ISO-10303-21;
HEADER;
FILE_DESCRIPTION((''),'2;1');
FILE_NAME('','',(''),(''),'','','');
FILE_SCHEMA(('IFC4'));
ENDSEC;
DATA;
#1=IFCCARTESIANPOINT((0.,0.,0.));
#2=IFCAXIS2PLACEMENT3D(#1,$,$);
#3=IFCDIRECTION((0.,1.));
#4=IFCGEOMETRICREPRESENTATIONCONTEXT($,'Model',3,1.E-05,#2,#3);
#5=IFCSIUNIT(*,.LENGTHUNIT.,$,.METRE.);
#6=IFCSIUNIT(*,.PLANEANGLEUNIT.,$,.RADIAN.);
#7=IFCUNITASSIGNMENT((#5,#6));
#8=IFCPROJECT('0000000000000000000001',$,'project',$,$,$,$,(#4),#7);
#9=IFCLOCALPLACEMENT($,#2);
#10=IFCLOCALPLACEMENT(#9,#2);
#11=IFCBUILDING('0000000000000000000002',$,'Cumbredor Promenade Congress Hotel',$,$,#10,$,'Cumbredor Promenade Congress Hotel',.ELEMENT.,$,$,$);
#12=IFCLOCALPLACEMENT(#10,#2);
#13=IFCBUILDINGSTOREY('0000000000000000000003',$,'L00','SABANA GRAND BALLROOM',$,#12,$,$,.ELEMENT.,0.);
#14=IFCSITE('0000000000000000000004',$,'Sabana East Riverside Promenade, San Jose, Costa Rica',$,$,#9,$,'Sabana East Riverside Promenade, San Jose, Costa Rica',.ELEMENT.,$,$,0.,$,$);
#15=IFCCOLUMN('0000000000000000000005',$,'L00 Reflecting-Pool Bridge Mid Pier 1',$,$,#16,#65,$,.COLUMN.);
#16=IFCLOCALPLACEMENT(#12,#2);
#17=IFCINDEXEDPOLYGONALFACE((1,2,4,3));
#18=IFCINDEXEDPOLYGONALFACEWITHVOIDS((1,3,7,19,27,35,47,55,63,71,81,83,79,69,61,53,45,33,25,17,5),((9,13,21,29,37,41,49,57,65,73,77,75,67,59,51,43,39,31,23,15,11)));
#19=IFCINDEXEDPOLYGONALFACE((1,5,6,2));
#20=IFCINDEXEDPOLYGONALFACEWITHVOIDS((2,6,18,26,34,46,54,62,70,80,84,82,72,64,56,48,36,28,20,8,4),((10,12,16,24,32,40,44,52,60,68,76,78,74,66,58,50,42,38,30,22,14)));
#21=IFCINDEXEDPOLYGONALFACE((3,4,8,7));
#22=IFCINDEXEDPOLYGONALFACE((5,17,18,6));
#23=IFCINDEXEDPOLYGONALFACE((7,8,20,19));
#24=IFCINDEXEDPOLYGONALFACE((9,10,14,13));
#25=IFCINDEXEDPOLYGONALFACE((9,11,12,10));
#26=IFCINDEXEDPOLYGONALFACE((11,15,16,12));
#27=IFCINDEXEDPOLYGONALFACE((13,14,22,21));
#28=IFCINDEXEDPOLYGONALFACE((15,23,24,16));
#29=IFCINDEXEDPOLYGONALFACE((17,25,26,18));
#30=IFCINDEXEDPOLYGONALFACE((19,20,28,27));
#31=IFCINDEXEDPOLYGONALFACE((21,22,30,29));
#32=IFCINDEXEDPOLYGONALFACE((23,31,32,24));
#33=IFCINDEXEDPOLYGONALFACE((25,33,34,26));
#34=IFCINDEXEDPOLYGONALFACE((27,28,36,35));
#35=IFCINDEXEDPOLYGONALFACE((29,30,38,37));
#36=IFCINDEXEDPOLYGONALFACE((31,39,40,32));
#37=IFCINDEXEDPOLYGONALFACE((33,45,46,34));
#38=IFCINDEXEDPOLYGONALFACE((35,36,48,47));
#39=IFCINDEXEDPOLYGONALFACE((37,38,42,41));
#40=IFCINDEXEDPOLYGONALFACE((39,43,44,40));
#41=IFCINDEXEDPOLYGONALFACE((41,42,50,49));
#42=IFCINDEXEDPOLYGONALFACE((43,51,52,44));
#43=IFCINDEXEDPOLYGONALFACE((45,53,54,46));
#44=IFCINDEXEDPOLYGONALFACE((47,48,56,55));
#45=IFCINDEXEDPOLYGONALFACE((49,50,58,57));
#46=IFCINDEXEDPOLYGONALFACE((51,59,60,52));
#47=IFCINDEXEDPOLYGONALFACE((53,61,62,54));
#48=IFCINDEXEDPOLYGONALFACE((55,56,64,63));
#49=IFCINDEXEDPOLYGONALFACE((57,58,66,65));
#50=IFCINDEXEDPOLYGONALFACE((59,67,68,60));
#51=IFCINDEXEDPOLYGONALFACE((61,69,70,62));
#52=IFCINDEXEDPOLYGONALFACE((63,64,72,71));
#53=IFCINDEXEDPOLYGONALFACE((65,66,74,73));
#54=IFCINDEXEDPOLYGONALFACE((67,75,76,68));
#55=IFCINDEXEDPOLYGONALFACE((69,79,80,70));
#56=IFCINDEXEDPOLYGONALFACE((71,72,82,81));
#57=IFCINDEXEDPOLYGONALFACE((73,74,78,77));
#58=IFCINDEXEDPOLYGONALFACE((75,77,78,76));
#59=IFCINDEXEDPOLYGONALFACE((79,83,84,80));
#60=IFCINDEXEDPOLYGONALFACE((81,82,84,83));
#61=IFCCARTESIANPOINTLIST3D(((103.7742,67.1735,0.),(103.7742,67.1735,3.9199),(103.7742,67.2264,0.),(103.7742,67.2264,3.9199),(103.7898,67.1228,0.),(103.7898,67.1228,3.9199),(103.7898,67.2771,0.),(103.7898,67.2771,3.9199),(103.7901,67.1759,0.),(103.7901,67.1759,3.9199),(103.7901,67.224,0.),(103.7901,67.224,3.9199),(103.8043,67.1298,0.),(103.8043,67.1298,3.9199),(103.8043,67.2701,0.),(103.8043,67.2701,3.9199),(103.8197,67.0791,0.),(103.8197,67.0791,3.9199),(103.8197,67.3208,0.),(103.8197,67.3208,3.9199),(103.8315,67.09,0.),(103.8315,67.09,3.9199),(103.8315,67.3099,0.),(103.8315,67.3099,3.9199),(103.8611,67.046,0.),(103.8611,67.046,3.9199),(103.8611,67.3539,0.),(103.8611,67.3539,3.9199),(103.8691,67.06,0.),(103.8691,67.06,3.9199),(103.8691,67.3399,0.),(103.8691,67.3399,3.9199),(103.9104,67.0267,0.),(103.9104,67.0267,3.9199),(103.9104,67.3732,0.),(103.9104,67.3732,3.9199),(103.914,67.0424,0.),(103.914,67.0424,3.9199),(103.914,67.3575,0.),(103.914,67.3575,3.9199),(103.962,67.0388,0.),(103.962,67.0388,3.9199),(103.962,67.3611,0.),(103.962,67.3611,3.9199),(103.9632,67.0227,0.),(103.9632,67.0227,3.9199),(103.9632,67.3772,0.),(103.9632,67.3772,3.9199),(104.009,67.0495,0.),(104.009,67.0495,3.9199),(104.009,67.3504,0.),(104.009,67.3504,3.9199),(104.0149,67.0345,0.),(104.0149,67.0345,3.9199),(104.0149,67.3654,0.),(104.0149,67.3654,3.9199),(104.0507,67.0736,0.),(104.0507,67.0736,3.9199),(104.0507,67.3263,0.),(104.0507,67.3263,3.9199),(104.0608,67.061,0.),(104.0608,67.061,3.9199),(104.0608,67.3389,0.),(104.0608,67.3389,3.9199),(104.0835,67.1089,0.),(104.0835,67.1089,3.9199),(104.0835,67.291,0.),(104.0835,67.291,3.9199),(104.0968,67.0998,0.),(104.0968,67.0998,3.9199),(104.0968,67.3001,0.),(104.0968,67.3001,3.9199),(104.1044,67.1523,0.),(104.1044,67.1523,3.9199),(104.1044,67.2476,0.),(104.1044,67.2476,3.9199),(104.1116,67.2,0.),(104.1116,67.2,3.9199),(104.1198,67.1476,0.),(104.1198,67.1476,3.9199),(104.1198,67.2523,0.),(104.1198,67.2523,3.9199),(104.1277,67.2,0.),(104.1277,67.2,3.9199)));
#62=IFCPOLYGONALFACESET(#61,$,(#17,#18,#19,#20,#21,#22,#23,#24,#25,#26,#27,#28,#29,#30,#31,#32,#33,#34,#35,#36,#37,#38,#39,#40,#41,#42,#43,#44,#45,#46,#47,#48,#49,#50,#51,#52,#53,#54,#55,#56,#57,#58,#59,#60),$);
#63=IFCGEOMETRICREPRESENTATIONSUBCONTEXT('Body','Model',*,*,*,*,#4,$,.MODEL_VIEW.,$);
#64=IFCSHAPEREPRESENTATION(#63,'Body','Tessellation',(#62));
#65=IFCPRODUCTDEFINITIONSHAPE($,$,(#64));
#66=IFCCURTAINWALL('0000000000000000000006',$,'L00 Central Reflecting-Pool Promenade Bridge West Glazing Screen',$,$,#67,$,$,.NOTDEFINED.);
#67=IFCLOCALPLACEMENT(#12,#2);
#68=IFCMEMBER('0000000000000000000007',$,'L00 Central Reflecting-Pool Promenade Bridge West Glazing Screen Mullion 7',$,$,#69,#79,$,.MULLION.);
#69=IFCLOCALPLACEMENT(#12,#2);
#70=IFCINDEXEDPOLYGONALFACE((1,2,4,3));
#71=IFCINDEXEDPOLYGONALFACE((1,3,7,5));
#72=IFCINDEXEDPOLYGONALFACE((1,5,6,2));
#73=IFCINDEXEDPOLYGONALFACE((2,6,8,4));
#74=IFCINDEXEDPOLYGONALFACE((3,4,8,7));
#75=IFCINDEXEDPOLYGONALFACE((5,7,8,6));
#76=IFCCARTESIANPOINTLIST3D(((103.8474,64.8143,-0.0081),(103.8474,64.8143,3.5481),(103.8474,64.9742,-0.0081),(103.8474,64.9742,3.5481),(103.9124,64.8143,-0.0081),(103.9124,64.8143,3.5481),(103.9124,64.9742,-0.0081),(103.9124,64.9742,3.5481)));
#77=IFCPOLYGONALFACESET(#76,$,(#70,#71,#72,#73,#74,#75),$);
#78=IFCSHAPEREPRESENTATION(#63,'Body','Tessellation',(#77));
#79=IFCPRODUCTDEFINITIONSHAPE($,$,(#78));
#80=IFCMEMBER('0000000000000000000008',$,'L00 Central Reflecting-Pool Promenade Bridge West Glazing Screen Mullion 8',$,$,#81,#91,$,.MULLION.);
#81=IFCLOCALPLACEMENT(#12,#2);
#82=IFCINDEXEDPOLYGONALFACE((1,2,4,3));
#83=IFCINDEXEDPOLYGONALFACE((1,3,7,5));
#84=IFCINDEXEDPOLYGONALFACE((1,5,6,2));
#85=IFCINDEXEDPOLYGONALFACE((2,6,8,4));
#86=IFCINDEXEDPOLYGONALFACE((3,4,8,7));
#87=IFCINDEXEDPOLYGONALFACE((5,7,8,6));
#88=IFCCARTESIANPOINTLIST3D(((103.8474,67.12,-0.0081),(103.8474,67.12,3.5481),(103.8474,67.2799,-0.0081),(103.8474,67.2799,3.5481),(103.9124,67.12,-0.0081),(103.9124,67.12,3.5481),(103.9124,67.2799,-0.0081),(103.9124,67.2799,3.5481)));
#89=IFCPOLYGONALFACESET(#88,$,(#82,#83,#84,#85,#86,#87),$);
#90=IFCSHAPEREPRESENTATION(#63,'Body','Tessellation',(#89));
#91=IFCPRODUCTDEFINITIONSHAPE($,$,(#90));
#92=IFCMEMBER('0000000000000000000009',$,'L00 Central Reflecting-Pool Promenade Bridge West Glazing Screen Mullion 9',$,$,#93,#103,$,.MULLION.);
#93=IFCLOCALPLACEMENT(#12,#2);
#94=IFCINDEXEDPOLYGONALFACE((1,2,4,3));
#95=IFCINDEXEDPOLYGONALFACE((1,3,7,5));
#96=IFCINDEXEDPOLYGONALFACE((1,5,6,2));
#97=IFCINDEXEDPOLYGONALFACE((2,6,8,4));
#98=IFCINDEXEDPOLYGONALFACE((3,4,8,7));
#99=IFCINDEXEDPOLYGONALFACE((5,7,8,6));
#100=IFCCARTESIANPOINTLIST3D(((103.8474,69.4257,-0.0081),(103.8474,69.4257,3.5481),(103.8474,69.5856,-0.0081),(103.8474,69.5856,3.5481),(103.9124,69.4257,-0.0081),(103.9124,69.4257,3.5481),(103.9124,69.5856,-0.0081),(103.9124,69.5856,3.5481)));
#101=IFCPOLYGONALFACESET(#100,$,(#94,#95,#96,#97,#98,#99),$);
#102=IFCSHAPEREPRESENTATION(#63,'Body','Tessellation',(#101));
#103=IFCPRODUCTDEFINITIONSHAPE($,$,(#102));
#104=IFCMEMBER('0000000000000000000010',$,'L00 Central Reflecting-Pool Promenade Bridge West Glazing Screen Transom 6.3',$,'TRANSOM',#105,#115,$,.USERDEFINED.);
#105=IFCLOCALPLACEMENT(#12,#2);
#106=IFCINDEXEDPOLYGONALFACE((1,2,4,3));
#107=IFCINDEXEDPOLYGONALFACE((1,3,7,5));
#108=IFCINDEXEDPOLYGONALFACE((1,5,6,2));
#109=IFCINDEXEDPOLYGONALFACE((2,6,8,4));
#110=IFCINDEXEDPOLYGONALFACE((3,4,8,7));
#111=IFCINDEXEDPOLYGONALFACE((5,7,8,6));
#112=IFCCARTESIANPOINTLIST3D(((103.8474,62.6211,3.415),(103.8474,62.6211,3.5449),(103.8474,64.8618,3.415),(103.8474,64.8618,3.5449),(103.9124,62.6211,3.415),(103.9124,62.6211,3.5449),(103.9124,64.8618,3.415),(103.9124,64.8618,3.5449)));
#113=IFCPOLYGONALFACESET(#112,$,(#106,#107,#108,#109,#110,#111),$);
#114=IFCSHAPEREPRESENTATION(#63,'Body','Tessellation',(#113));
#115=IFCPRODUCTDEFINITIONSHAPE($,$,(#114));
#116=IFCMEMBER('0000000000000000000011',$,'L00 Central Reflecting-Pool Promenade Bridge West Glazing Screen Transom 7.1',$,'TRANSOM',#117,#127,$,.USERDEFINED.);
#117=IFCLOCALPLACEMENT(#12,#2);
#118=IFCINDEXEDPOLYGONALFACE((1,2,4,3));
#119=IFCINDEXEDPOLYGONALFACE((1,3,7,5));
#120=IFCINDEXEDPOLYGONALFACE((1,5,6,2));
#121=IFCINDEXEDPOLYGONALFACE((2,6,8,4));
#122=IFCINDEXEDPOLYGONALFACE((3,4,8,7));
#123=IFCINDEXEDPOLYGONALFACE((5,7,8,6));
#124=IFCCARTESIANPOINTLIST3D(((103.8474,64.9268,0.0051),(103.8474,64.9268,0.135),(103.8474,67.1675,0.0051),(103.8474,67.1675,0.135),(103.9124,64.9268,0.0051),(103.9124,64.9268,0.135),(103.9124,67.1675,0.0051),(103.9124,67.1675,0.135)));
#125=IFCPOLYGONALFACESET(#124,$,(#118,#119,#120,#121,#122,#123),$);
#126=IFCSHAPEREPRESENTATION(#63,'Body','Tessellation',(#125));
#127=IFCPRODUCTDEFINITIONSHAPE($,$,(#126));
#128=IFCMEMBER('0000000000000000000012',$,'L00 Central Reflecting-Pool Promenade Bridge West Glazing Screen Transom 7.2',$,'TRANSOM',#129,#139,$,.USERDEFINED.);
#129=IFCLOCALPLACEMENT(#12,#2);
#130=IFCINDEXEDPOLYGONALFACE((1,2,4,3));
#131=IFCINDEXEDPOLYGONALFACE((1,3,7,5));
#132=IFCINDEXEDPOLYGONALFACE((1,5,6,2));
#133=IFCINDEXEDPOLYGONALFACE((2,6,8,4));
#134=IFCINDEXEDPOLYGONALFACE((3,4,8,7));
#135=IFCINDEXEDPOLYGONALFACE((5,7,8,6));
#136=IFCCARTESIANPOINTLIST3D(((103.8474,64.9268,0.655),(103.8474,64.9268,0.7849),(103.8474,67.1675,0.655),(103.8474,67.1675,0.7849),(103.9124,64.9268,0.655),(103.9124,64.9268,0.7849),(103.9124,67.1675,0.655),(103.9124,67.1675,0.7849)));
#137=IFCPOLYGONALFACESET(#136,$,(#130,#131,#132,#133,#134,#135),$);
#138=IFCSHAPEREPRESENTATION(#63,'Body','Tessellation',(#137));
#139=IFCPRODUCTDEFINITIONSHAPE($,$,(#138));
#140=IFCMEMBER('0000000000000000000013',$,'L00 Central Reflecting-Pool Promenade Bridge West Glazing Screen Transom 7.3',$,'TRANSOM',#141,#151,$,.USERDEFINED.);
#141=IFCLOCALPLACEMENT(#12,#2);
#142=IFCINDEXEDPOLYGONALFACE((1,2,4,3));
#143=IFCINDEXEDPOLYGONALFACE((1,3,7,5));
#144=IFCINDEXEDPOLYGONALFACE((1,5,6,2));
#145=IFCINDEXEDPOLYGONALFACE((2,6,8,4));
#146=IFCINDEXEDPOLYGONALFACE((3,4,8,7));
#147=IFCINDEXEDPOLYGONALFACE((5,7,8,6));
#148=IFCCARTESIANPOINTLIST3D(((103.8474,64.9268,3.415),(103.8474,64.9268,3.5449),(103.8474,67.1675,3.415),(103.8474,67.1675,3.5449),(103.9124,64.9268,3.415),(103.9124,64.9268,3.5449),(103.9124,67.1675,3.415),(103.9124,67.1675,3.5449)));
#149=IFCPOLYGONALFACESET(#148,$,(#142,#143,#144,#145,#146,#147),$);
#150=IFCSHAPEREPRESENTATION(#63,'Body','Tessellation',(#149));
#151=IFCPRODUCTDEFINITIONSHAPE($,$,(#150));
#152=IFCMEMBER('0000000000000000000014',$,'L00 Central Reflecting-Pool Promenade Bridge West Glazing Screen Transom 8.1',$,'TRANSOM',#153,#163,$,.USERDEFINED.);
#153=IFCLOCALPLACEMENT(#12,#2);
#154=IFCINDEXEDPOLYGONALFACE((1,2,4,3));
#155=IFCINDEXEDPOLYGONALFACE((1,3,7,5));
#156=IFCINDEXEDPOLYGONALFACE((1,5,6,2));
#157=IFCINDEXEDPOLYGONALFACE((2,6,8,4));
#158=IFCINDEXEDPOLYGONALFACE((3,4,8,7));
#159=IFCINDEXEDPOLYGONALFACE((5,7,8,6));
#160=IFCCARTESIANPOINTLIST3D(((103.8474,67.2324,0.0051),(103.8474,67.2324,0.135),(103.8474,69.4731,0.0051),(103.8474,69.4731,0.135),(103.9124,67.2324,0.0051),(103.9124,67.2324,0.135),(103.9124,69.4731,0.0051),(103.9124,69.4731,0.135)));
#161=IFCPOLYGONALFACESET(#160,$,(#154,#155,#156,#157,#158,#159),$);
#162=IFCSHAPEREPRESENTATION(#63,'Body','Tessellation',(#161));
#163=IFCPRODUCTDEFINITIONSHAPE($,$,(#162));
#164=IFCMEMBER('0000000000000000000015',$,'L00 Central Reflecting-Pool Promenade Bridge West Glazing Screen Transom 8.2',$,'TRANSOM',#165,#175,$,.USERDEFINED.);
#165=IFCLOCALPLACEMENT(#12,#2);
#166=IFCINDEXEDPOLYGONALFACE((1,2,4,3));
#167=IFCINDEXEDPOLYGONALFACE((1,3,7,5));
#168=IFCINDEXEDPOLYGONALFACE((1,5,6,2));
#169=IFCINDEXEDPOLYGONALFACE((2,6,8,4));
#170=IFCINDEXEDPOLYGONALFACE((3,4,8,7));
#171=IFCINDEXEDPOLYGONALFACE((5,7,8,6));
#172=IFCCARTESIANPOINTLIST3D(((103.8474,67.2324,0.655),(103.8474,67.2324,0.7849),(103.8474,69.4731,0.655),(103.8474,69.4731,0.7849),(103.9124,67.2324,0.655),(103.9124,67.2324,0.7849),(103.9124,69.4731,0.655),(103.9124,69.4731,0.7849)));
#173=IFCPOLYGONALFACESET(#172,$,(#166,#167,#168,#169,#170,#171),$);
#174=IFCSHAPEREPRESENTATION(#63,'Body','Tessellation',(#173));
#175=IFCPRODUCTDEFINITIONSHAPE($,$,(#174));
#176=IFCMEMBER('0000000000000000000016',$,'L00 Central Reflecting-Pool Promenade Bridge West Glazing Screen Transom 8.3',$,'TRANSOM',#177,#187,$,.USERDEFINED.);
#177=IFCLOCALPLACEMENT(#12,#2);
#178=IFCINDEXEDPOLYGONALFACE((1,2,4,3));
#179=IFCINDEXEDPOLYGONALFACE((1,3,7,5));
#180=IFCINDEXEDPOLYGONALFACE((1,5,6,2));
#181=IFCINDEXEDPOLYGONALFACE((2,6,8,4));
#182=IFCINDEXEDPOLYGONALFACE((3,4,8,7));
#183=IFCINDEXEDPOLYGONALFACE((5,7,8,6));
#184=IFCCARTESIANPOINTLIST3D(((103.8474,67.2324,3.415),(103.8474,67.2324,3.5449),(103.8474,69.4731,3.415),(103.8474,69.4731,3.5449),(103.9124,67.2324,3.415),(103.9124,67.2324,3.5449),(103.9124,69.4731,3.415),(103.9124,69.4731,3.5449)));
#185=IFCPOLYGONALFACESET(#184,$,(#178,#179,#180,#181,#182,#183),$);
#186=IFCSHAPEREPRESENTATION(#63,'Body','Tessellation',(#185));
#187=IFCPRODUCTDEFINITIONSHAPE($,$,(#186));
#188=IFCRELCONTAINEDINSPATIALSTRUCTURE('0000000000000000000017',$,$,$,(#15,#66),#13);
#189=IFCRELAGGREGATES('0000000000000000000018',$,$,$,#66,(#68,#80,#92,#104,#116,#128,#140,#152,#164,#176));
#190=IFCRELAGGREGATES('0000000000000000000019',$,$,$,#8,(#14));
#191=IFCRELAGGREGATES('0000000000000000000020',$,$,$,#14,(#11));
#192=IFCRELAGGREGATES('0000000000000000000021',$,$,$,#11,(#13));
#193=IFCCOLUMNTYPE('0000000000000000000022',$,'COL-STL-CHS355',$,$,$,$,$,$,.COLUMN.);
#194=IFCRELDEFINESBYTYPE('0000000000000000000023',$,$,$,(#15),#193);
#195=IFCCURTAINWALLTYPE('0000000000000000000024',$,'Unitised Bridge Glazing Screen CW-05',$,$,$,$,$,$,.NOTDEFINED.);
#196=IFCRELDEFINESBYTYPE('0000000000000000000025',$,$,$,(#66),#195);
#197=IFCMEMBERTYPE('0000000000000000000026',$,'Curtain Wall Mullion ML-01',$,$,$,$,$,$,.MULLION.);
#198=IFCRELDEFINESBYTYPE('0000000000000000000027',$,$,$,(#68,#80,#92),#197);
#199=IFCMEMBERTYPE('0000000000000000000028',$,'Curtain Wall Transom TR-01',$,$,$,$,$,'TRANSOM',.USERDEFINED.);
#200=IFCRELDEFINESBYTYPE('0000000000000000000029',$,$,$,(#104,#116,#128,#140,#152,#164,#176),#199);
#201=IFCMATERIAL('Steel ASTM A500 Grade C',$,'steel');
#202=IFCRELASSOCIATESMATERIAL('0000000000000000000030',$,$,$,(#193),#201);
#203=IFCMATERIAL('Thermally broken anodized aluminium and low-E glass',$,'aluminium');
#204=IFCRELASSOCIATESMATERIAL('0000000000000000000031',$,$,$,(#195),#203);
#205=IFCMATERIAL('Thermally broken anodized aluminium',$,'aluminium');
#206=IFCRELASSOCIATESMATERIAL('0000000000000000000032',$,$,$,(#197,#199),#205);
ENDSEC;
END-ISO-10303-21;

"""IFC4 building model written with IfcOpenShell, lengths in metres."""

from ifc_helpers import new_model, si_unit, direction, frame, origin, origin_2d, place, context, subcontext, project, spatial, rectangle, hollow_circle, extrude, material, material_profile, profile_set, type_object, element, aggregate, save


model = new_model("IFC4")

# Units and contexts
model_context = context("Model", 3, precision=1e-05, world=origin(), true_north=direction((0.0, 1.0)))
body_context = subcontext(model_context, "Body", "Model", "MODEL_VIEW")
ifc_project = project(units=[si_unit("LENGTHUNIT", "METRE"), si_unit("PLANEANGLEUNIT", "RADIAN")], contexts=[model_context])

# Site, building, storey
site_placement = place(None, origin())
site = spatial("IfcSite", under=ifc_project, at=site_placement, Name="Sabana East Riverside Promenade, San Jose, Costa Rica", LongName="Sabana East Riverside Promenade, San Jose, Costa Rica", CompositionType="ELEMENT", RefElevation=0.0)
building_placement = place(site_placement, origin())
building = spatial("IfcBuilding", under=site, at=building_placement, Name="Cumbredor Promenade Congress Hotel", LongName="Cumbredor Promenade Congress Hotel", CompositionType="ELEMENT")
storey_placement = place(building_placement, origin())
storey = spatial("IfcBuildingStorey", under=building, at=storey_placement, Name="L00", Description="SABANA GRAND BALLROOM", CompositionType="ELEMENT", Elevation=0.0)

# Column
ifc_material_1 = material(Name="Steel ASTM A500 Grade C", Category="steel")
ifc_material_profile_1 = material_profile(ifc_material_1, hollow_circle(Radius=0.1777, WallThickness=0.0161, at=origin_2d()), Name="CHS 355.6x16")
ifc_profile_set_1 = profile_set([ifc_material_profile_1], Name="Steel ASTM A500 Grade C")
column_type = type_object("IfcColumnType", Name="COL-STL-CHS355", PredefinedType="COLUMN", material=ifc_profile_set_1)
column_placement = place(storey_placement, frame((103.95, 67.2, 0.0), z_axis=(0.0, 0.0, 1.0), x_axis=(1.0, 0.0, 0.0)))
element("IfcColumn", 1, at=column_placement, inside=storey, type_object=column_type, Name="L00 Reflecting-Pool Bridge Mid Pier 1", PredefinedType="COLUMN", context=body_context, shape_type="SweptSolid", body=[
    extrude(hollow_circle(Radius=0.1777, WallThickness=0.0161, at=origin_2d()), origin(), (0.0, 0.0, 1.0), 3.9199),
])

# Curtain wall, members
ifc_material_2 = material(Name="Thermally broken anodized aluminium and low-E glass", Category="aluminium")
curtain_wall_type = type_object("IfcCurtainWallType", Name="Unitised Bridge Glazing Screen CW-05", PredefinedType="NOTDEFINED", material=ifc_material_2)
curtain_wall_placement = place(storey_placement, origin())
curtain_wall = element("IfcCurtainWall", 2, at=curtain_wall_placement, inside=storey, type_object=curtain_wall_type, Name="L00 Central Reflecting-Pool Promenade Bridge West Glazing Screen", PredefinedType="NOTDEFINED")
ifc_material_3 = material(Name="Thermally broken anodized aluminium", Category="aluminium")
ifc_material_profile_2 = material_profile(ifc_material_3, rectangle(XDim=0.0649, YDim=0.1599, at=origin_2d()), Name="ALU MULLION 65x160")
ifc_profile_set_2 = profile_set([ifc_material_profile_2], Name="Thermally broken anodized aluminium")
member_type_1 = type_object("IfcMemberType", Name="Curtain Wall Mullion ML-01", PredefinedType="MULLION", material=ifc_profile_set_2)
member_1_placement = place(storey_placement, frame((103.8799, 64.8943, -0.0081), z_axis=(0.0, 0.0, 1.0), x_axis=(1.0, 0.0, 0.0)))
member_1 = element("IfcMember", 3, at=member_1_placement, type_object=member_type_1, Name="L00 Central Reflecting-Pool Promenade Bridge West Glazing Screen Mullion 7", PredefinedType="MULLION", context=body_context, shape_type="SweptSolid", body=[
    extrude(rectangle(XDim=0.0649, YDim=0.1599, at=origin_2d()), origin(), (0.0, 0.0, 1.0), 3.5562),
])
member_2_placement = place(storey_placement, frame((103.8799, 67.2, -0.0081), z_axis=(0.0, 0.0, 1.0), x_axis=(1.0, 0.0, 0.0)))
member_2 = element("IfcMember", 4, at=member_2_placement, type_object=member_type_1, Name="L00 Central Reflecting-Pool Promenade Bridge West Glazing Screen Mullion 8", PredefinedType="MULLION", context=body_context, shape_type="SweptSolid", body=[
    extrude(rectangle(XDim=0.0649, YDim=0.1599, at=origin_2d()), origin(), (0.0, 0.0, 1.0), 3.5562),
])
member_3_placement = place(storey_placement, frame((103.8799, 69.5056, -0.0081), z_axis=(0.0, 0.0, 1.0), x_axis=(1.0, 0.0, 0.0)))
member_3 = element("IfcMember", 5, at=member_3_placement, type_object=member_type_1, Name="L00 Central Reflecting-Pool Promenade Bridge West Glazing Screen Mullion 9", PredefinedType="MULLION", context=body_context, shape_type="SweptSolid", body=[
    extrude(rectangle(XDim=0.0649, YDim=0.1599, at=origin_2d()), origin(), (0.0, 0.0, 1.0), 3.5562),
])
ifc_material_profile_3 = material_profile(ifc_material_3, rectangle(XDim=0.0649, YDim=0.1299, at=origin_2d()), Name="ALU TRANSOM 65x130")
ifc_profile_set_3 = profile_set([ifc_material_profile_3], Name="Thermally broken anodized aluminium")
member_type_2 = type_object("IfcMemberType", Name="Curtain Wall Transom TR-01", ElementType="TRANSOM", PredefinedType="USERDEFINED", material=ifc_profile_set_3)
member_4_placement = place(storey_placement, frame((103.8799, 62.6211, 3.48), z_axis=(0.0, 1.0, 0.0), x_axis=(-1.0, 0.0, 0.0)))
member_4 = element("IfcMember", 6, at=member_4_placement, type_object=member_type_2, Name="L00 Central Reflecting-Pool Promenade Bridge West Glazing Screen Transom 6.3", ObjectType="TRANSOM", PredefinedType="USERDEFINED", context=body_context, shape_type="SweptSolid", body=[
    extrude(rectangle(XDim=0.0649, YDim=0.1299, at=origin_2d()), origin(), (0.0, 0.0, 1.0), 2.2407),
])
member_5_placement = place(storey_placement, frame((103.8799, 64.9268, 0.0701), z_axis=(0.0, 1.0, 0.0), x_axis=(-1.0, 0.0, 0.0)))
member_5 = element("IfcMember", 7, at=member_5_placement, type_object=member_type_2, Name="L00 Central Reflecting-Pool Promenade Bridge West Glazing Screen Transom 7.1", ObjectType="TRANSOM", PredefinedType="USERDEFINED", context=body_context, shape_type="SweptSolid", body=[
    extrude(rectangle(XDim=0.0649, YDim=0.1299, at=origin_2d()), origin(), (0.0, 0.0, 1.0), 2.2407),
])
member_6_placement = place(storey_placement, frame((103.8799, 64.9268, 0.72), z_axis=(0.0, 1.0, 0.0), x_axis=(-1.0, 0.0, 0.0)))
member_6 = element("IfcMember", 8, at=member_6_placement, type_object=member_type_2, Name="L00 Central Reflecting-Pool Promenade Bridge West Glazing Screen Transom 7.2", ObjectType="TRANSOM", PredefinedType="USERDEFINED", context=body_context, shape_type="SweptSolid", body=[
    extrude(rectangle(XDim=0.0649, YDim=0.1299, at=origin_2d()), origin(), (0.0, 0.0, 1.0), 2.2407),
])
member_7_placement = place(storey_placement, frame((103.8799, 64.9268, 3.48), z_axis=(0.0, 1.0, 0.0), x_axis=(-1.0, 0.0, 0.0)))
member_7 = element("IfcMember", 9, at=member_7_placement, type_object=member_type_2, Name="L00 Central Reflecting-Pool Promenade Bridge West Glazing Screen Transom 7.3", ObjectType="TRANSOM", PredefinedType="USERDEFINED", context=body_context, shape_type="SweptSolid", body=[
    extrude(rectangle(XDim=0.0649, YDim=0.1299, at=origin_2d()), origin(), (0.0, 0.0, 1.0), 2.2407),
])
member_8_placement = place(storey_placement, frame((103.8799, 67.2324, 0.0701), z_axis=(0.0, 1.0, 0.0), x_axis=(-1.0, 0.0, 0.0)))
member_8 = element("IfcMember", 10, at=member_8_placement, type_object=member_type_2, Name="L00 Central Reflecting-Pool Promenade Bridge West Glazing Screen Transom 8.1", ObjectType="TRANSOM", PredefinedType="USERDEFINED", context=body_context, shape_type="SweptSolid", body=[
    extrude(rectangle(XDim=0.0649, YDim=0.1299, at=origin_2d()), origin(), (0.0, 0.0, 1.0), 2.2407),
])
member_9_placement = place(storey_placement, frame((103.8799, 67.2324, 0.72), z_axis=(0.0, 1.0, 0.0), x_axis=(-1.0, 0.0, 0.0)))
member_9 = element("IfcMember", 11, at=member_9_placement, type_object=member_type_2, Name="L00 Central Reflecting-Pool Promenade Bridge West Glazing Screen Transom 8.2", ObjectType="TRANSOM", PredefinedType="USERDEFINED", context=body_context, shape_type="SweptSolid", body=[
    extrude(rectangle(XDim=0.0649, YDim=0.1299, at=origin_2d()), origin(), (0.0, 0.0, 1.0), 2.2407),
])
member_10_placement = place(storey_placement, frame((103.8799, 67.2324, 3.48), z_axis=(0.0, 1.0, 0.0), x_axis=(-1.0, 0.0, 0.0)))
member_10 = element("IfcMember", 12, at=member_10_placement, type_object=member_type_2, Name="L00 Central Reflecting-Pool Promenade Bridge West Glazing Screen Transom 8.3", ObjectType="TRANSOM", PredefinedType="USERDEFINED", context=body_context, shape_type="SweptSolid", body=[
    extrude(rectangle(XDim=0.0649, YDim=0.1299, at=origin_2d()), origin(), (0.0, 0.0, 1.0), 2.2407),
])

aggregate(curtain_wall, [member_1, member_2, member_3, member_4, member_5, member_6, member_7, member_8, member_9, member_10])

save(model, "model.ifc")
